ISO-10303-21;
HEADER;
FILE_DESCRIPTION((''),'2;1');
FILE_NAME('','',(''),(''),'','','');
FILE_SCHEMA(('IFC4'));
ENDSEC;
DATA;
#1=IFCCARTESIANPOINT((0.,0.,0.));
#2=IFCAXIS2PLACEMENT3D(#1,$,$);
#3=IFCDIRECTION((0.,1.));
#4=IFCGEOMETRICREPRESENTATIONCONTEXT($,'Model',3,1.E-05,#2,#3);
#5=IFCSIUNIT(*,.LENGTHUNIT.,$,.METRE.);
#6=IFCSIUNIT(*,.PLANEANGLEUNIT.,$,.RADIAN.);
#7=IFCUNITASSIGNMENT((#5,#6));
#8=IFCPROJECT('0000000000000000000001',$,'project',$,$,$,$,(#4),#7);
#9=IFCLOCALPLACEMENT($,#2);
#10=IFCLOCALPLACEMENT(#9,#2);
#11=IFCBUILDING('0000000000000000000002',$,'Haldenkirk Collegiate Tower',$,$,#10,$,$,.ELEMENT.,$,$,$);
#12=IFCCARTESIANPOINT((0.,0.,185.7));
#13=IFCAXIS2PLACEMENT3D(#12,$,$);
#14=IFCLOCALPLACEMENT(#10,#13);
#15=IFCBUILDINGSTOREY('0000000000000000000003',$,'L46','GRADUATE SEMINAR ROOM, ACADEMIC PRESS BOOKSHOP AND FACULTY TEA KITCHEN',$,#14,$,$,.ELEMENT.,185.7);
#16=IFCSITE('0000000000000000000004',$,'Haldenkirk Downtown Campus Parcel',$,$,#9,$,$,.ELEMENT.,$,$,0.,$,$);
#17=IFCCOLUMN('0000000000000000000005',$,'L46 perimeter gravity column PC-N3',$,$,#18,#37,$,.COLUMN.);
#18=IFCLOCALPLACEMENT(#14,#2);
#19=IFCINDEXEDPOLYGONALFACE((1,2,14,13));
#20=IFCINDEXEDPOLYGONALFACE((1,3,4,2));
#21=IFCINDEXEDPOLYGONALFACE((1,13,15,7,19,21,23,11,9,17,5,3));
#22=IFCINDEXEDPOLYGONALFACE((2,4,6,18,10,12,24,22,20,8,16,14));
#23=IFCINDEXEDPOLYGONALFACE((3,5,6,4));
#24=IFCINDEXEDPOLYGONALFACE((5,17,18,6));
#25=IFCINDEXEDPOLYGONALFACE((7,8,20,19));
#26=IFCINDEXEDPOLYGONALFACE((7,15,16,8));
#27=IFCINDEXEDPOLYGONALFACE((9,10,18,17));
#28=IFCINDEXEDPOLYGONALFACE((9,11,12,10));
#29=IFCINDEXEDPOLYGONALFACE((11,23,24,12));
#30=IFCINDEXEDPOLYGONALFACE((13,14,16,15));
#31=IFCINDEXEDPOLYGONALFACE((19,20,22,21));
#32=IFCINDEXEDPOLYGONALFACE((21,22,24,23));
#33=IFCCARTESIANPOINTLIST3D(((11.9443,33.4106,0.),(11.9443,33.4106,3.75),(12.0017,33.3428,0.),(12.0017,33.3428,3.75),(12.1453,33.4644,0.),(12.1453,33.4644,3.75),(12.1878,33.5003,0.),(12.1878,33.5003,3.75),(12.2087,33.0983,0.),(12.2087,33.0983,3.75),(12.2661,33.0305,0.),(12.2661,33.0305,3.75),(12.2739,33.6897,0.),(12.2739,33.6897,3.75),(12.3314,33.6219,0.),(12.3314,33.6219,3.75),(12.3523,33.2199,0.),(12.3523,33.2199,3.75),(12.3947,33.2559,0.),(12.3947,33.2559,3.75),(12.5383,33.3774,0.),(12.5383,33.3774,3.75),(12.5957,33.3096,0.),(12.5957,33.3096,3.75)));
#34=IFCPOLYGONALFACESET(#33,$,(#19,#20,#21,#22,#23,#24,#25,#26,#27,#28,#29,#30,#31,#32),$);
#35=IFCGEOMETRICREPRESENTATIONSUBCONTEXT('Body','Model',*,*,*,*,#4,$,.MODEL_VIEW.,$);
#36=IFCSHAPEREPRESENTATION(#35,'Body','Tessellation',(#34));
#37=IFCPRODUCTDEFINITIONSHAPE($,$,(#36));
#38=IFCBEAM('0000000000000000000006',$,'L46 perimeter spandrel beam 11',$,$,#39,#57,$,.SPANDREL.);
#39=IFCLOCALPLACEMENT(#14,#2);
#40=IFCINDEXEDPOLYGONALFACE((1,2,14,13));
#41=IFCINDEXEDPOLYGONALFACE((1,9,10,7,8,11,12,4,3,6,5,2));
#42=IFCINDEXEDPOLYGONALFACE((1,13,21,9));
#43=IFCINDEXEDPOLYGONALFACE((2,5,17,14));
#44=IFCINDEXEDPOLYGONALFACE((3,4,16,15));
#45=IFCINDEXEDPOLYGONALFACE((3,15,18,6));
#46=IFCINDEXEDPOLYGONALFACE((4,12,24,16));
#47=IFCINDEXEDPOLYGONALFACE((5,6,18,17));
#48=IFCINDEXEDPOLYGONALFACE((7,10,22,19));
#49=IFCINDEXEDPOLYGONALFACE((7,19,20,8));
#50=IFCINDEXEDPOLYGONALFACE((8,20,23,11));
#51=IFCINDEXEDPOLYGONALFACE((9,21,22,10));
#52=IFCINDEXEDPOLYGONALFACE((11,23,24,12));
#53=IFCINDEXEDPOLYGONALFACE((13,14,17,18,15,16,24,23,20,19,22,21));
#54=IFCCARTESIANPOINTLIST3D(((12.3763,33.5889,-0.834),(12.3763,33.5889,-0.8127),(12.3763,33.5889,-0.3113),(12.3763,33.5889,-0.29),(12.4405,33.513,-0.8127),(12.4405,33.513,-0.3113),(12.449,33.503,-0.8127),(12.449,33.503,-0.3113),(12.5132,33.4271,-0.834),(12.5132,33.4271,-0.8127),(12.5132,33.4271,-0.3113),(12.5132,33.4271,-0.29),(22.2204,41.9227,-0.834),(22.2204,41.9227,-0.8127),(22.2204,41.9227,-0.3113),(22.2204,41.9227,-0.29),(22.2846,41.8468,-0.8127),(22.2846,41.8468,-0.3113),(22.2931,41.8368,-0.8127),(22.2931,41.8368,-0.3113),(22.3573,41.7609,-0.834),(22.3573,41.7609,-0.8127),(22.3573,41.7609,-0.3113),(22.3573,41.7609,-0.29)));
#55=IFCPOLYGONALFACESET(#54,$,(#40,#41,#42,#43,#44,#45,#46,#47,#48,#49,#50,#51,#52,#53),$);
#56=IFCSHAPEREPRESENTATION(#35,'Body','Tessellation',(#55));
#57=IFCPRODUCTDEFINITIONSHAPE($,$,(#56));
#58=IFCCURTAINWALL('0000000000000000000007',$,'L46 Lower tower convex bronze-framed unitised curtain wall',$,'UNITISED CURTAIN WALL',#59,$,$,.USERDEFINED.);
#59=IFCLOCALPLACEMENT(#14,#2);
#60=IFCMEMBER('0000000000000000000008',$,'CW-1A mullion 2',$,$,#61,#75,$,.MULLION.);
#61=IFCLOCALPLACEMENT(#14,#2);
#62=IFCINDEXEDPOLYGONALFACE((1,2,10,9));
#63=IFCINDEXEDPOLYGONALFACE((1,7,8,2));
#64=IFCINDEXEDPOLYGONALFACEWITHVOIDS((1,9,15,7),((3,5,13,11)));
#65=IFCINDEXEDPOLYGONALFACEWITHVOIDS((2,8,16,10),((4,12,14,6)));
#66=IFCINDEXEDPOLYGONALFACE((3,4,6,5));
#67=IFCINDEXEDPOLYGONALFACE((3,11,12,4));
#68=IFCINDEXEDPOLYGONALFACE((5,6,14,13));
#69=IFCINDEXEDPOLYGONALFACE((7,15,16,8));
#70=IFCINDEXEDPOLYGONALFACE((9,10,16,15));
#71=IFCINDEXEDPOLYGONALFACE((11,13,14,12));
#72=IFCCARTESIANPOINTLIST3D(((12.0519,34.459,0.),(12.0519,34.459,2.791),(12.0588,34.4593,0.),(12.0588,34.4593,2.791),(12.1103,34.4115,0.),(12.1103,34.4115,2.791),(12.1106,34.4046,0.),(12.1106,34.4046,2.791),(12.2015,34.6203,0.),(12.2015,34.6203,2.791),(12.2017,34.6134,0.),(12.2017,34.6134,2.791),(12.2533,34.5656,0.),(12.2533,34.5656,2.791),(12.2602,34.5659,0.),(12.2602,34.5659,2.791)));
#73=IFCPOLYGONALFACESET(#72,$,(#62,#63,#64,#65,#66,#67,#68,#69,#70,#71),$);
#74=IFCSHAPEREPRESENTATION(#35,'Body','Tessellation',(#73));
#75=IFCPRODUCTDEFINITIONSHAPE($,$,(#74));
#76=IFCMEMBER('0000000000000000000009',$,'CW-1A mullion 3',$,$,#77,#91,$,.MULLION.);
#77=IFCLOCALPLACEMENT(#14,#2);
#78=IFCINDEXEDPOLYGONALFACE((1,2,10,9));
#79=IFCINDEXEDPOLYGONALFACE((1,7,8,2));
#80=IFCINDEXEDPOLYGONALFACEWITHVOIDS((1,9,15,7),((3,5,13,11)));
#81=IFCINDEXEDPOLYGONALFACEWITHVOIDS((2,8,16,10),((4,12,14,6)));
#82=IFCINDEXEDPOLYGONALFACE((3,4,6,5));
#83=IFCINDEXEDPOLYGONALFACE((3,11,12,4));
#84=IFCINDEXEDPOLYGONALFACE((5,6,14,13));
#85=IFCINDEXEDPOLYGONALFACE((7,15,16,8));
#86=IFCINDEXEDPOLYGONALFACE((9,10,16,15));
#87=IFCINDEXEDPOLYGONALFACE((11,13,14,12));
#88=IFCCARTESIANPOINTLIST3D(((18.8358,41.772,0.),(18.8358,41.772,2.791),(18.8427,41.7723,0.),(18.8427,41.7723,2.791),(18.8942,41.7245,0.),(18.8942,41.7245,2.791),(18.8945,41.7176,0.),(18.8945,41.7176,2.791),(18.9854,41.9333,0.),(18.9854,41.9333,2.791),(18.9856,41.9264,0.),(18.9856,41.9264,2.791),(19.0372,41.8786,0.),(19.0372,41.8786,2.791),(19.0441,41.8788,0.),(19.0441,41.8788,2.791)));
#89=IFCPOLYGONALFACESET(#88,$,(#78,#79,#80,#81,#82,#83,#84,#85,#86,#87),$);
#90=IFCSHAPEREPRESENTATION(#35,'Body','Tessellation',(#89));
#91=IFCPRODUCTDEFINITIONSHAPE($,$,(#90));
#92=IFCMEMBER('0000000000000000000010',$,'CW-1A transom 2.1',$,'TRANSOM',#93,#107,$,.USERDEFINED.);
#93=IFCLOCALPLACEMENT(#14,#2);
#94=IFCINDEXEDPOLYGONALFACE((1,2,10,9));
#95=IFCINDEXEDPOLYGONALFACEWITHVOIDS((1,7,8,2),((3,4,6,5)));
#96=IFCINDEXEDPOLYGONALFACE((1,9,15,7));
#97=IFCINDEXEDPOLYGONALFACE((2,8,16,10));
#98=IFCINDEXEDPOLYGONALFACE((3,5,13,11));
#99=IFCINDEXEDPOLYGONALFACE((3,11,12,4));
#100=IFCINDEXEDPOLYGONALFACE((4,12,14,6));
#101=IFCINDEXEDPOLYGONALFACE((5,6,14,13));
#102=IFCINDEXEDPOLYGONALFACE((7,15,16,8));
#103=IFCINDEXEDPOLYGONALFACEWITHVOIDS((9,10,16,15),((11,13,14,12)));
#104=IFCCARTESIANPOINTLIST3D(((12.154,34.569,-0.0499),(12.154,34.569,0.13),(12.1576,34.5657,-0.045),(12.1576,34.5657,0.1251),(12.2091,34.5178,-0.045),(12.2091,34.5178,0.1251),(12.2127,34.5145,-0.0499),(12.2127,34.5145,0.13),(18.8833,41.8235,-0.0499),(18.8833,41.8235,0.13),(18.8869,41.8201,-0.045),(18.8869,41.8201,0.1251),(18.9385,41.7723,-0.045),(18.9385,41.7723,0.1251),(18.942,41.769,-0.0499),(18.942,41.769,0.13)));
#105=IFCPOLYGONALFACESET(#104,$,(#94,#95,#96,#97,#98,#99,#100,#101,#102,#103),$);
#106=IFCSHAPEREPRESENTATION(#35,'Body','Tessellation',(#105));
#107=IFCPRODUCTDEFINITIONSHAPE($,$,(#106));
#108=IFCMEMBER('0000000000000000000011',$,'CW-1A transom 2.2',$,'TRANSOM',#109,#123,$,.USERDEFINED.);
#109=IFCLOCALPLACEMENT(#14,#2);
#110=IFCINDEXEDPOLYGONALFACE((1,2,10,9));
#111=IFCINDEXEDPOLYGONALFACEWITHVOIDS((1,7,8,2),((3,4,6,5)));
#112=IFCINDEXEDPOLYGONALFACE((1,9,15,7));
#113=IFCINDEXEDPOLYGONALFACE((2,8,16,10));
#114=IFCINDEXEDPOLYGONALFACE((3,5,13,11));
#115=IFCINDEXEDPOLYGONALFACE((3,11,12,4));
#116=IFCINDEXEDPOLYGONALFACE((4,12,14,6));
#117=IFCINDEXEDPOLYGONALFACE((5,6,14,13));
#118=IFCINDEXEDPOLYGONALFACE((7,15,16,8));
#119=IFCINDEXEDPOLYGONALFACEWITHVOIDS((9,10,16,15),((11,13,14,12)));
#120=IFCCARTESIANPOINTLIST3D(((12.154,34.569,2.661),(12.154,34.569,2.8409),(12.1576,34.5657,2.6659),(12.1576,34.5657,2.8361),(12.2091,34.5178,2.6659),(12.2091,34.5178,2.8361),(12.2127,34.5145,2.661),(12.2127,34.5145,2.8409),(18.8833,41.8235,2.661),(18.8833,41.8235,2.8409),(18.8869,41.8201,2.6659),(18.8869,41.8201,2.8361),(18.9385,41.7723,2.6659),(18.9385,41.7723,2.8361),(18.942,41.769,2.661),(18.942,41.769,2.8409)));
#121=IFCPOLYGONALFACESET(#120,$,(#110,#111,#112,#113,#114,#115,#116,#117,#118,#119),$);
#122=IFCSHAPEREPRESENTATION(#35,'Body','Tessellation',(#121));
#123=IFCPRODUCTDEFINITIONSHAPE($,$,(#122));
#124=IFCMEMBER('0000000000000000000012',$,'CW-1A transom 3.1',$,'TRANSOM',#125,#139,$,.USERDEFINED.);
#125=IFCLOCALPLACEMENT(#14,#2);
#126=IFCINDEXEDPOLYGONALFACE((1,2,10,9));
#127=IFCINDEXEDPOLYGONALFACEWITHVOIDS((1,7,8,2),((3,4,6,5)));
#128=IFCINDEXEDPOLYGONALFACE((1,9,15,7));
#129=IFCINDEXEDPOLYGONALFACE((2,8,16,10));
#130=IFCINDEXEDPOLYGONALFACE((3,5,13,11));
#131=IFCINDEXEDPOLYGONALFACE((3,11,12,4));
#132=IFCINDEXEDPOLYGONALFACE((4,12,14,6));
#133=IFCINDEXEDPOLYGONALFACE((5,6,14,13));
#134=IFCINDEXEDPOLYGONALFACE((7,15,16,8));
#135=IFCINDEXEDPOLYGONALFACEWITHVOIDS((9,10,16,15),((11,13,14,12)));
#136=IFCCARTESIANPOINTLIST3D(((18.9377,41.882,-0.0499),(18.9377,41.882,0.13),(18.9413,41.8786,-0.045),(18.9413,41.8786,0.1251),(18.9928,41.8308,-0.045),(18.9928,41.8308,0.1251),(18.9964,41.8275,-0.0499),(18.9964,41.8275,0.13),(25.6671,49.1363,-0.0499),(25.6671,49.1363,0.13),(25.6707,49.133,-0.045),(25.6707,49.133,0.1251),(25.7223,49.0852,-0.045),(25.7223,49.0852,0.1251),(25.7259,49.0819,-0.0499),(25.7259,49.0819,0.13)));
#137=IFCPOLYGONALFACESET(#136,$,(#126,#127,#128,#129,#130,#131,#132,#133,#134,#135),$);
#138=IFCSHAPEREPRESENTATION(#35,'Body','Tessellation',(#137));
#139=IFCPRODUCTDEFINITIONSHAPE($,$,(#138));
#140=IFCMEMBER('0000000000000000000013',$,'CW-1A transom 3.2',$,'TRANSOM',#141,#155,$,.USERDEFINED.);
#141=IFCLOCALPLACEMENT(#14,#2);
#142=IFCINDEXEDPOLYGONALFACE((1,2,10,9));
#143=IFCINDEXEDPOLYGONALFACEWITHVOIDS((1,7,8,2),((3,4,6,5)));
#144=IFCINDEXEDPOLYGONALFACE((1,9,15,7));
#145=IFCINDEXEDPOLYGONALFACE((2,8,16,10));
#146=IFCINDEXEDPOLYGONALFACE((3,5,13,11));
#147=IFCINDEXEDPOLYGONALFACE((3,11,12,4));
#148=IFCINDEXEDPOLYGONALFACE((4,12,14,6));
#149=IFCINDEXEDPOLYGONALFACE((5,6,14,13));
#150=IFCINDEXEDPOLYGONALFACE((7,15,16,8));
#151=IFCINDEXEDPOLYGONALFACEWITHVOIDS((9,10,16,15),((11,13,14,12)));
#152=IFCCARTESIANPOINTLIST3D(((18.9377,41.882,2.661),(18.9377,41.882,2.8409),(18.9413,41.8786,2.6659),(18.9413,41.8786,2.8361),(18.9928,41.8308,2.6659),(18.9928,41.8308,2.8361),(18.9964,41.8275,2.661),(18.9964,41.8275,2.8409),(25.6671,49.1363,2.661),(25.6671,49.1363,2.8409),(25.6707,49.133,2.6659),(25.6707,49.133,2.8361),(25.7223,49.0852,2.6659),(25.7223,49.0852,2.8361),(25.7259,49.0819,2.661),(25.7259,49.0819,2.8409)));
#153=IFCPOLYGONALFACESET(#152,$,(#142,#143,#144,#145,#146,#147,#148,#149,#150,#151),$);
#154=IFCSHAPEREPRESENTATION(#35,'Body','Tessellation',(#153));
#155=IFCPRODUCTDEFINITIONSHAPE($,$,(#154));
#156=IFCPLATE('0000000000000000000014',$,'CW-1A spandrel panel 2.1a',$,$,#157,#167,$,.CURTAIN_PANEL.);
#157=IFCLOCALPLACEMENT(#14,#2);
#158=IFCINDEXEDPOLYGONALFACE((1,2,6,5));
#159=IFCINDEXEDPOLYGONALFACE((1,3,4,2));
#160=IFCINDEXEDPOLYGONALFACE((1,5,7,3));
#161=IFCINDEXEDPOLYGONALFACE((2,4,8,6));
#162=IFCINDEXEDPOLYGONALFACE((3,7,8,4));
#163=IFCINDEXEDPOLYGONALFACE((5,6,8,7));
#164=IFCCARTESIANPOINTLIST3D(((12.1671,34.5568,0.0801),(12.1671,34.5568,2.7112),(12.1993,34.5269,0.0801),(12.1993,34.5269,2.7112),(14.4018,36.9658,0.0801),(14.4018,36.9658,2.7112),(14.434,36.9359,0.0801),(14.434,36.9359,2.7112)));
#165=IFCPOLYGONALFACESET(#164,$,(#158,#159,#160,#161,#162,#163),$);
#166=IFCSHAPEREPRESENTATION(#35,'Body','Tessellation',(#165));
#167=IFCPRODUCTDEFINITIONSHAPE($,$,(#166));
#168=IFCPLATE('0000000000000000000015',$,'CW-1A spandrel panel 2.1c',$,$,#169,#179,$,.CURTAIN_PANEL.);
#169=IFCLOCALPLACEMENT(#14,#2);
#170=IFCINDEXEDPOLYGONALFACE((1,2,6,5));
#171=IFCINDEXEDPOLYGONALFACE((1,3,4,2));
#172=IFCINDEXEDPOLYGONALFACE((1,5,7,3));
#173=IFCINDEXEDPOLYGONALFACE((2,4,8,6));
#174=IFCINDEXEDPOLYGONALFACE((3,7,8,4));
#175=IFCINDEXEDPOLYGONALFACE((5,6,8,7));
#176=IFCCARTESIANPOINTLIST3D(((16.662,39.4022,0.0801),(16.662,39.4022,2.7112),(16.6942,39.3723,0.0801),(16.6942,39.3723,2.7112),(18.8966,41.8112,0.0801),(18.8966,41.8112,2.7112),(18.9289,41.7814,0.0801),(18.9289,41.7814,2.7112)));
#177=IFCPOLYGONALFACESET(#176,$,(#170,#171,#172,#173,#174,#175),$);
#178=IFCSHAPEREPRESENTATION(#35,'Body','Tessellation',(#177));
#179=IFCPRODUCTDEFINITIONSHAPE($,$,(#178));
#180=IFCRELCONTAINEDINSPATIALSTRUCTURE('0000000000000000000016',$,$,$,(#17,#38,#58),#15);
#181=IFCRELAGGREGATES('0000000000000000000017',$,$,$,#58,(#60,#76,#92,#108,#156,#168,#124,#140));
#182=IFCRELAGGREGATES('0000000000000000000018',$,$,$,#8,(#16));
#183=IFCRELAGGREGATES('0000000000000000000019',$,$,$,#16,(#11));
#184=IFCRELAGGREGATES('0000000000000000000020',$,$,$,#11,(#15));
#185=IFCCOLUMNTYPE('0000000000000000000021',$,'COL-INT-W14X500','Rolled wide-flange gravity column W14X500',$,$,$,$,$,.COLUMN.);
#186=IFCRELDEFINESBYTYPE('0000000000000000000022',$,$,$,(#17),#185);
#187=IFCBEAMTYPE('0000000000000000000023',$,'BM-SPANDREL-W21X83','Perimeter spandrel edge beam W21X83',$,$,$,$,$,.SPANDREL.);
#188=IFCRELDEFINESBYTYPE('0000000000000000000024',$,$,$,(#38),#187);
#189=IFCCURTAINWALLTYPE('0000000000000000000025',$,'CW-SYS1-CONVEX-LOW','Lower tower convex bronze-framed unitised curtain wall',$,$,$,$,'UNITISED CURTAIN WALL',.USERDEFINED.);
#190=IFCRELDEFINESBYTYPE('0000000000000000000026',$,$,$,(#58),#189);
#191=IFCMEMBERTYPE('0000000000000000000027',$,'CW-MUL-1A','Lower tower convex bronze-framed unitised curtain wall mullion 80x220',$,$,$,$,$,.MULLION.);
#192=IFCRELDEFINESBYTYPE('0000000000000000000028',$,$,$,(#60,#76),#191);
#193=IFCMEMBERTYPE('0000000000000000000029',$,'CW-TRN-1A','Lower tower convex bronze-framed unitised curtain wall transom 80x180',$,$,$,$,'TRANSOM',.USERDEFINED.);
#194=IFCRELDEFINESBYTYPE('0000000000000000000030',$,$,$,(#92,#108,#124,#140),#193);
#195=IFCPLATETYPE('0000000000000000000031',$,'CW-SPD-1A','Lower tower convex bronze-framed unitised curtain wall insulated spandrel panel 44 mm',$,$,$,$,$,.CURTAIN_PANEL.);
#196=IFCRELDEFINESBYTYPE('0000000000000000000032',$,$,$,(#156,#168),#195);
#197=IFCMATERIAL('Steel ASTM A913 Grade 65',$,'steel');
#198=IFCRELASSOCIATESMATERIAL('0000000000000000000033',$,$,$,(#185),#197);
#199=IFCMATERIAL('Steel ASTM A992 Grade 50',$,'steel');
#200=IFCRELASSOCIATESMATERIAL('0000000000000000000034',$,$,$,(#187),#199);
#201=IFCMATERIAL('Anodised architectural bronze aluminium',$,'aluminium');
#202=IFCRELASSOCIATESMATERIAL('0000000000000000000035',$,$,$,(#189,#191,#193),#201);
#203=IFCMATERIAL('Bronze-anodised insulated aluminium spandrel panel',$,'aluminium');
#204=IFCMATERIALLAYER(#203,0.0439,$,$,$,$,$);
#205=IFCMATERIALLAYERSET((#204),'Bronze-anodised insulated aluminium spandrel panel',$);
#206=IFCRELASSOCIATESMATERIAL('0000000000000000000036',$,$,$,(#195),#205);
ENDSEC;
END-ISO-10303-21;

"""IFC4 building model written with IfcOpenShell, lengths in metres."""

from ifc_helpers import new_model, si_unit, direction, frame, origin, origin_2d, place, context, subcontext, project, spatial, rectangle, hollow_rectangle, i_section, extrude, source, transform, mapped, material, layer, layer_set, material_profile, profile_set, type_object, element, aggregate, save


model = new_model("IFC4")

# Units and contexts
model_context = context("Model", 3, precision=1e-05, world=origin(), true_north=direction((0.0, 1.0)))
body_context = subcontext(model_context, "Body", "Model", "MODEL_VIEW")
ifc_project = project(units=[si_unit("LENGTHUNIT", "METRE"), si_unit("PLANEANGLEUNIT", "RADIAN")], contexts=[model_context])

# Site, building, storey
site_placement = place(None, origin())
site = spatial("IfcSite", under=ifc_project, at=site_placement, Name="Haldenkirk Downtown Campus Parcel", CompositionType="ELEMENT", RefElevation=0.0)
building_placement = place(site_placement, origin())
building = spatial("IfcBuilding", under=site, at=building_placement, Name="Haldenkirk Collegiate Tower", CompositionType="ELEMENT")
storey_placement = place(building_placement, frame((0.0, 0.0, 185.7)))
storey = spatial("IfcBuildingStorey", under=building, at=storey_placement, Name="L46", Description="GRADUATE SEMINAR ROOM, ACADEMIC PRESS BOOKSHOP AND FACULTY TEA KITCHEN", CompositionType="ELEMENT", Elevation=185.7)

# Column
ifc_material_1 = material(Name="Steel ASTM A913 Grade 65", Category="steel")
ifc_material_profile_1 = material_profile(ifc_material_1, i_section(OverallWidth=0.4319, OverallDepth=0.498, WebThickness=0.0557, FlangeThickness=0.0889, at=origin_2d()), Name="W14X500")
ifc_profile_set_1 = profile_set([ifc_material_profile_1], Name="Steel ASTM A913 Grade 65")
column_type = type_object("IfcColumnType", Name="COL-INT-W14X500", Description="Rolled wide-flange gravity column W14X500", PredefinedType="COLUMN", material=ifc_profile_set_1)
column_placement = place(storey_placement, frame((12.27, 33.3601, 0.0), z_axis=(0.0, 0.0, 1.0), x_axis=(0.763232, 0.646124, 0.0)))
element("IfcColumn", 1, at=column_placement, inside=storey, type_object=column_type, Name="L46 perimeter gravity column PC-N3", PredefinedType="COLUMN", context=body_context, shape_type="SweptSolid", body=[
    extrude(i_section(OverallWidth=0.4319, OverallDepth=0.498, WebThickness=0.0557, FlangeThickness=0.0889, at=origin_2d()), origin(), (0.0, 0.0, 1.0), 3.75),
])

# Beam
ifc_material_2 = material(Name="Steel ASTM A992 Grade 50", Category="steel")
ifc_material_profile_2 = material_profile(ifc_material_2, i_section(OverallWidth=0.2119, OverallDepth=0.5439, WebThickness=0.0132, FlangeThickness=0.0212, at=origin_2d()), Name="W21X83")
ifc_profile_set_2 = profile_set([ifc_material_profile_2], Name="Steel ASTM A992 Grade 50")
beam_type = type_object("IfcBeamType", Name="BM-SPANDREL-W21X83", Description="Perimeter spandrel edge beam W21X83", PredefinedType="SPANDREL", material=ifc_profile_set_2)
beam_placement = place(storey_placement, frame((22.2888, 41.8418, -0.562), z_axis=(-0.763225, -0.646132, 0.0), x_axis=(0.646132, -0.763225, 0.0)))
element("IfcBeam", 2, at=beam_placement, inside=storey, type_object=beam_type, Name="L46 perimeter spandrel beam 11", PredefinedType="SPANDREL", context=body_context, shape_type="SweptSolid", body=[
    extrude(i_section(OverallWidth=0.2119, OverallDepth=0.5439, WebThickness=0.0132, FlangeThickness=0.0212, at=origin_2d()), origin(), (0.0, 0.0, 1.0), 12.8979),
])

# Curtain wall, members, plates
ifc_material_3 = material(Name="Anodised architectural bronze aluminium", Category="aluminium")
curtain_wall_type = type_object("IfcCurtainWallType", Name="CW-SYS1-CONVEX-LOW", Description="Lower tower convex bronze-framed unitised curtain wall", ElementType="UNITISED CURTAIN WALL", PredefinedType="USERDEFINED", material=ifc_material_3)
curtain_wall_placement = place(storey_placement, origin())
curtain_wall = element("IfcCurtainWall", 3, at=curtain_wall_placement, inside=storey, type_object=curtain_wall_type, Name="L46 Lower tower convex bronze-framed unitised curtain wall", ObjectType="UNITISED CURTAIN WALL", PredefinedType="USERDEFINED")
ifc_material_profile_3 = material_profile(ifc_material_3, hollow_rectangle(XDim=0.0801, YDim=0.22, WallThickness=0.0049, at=origin_2d()), Name="CW-MUL-1A")
ifc_profile_set_3 = profile_set([ifc_material_profile_3], Name="Anodised architectural bronze aluminium")
member_type_1 = type_object("IfcMemberType", Name="CW-MUL-1A", Description="Lower tower convex bronze-framed unitised curtain wall mullion 80x220", PredefinedType="MULLION", material=ifc_profile_set_3)
member_1_placement = place(storey_placement, frame((12.156, 34.5125, 0.0), z_axis=(0.0, 0.0, 1.0), x_axis=(-0.733138, 0.68008, 0.0)))
member_1 = element("IfcMember", 4, at=member_1_placement, type_object=member_type_1, Name="CW-1A mullion 2", PredefinedType="MULLION", context=body_context, shape_type="SweptSolid", body=[
    extrude(hollow_rectangle(XDim=0.0801, YDim=0.22, WallThickness=0.0049, at=origin_2d()), origin(), (0.0, 0.0, 1.0), 2.791),
])
member_2_placement = place(storey_placement, frame((18.9399, 41.8254, 0.0), z_axis=(0.0, 0.0, 1.0), x_axis=(-0.733138, 0.68008, 0.0)))
member_2 = element("IfcMember", 5, at=member_2_placement, type_object=member_type_1, Name="CW-1A mullion 3", PredefinedType="MULLION", context=body_context, shape_type="SweptSolid", body=[
    extrude(hollow_rectangle(XDim=0.0801, YDim=0.22, WallThickness=0.0049, at=origin_2d()), origin(), (0.0, 0.0, 1.0), 2.791),
])
ifc_material_profile_4 = material_profile(ifc_material_3, hollow_rectangle(XDim=0.0801, YDim=0.1799, WallThickness=0.0049, at=origin_2d()), Name="CW-TRN-1A")
ifc_profile_set_4 = profile_set([ifc_material_profile_4], Name="Anodised architectural bronze aluminium")
member_type_2 = type_object("IfcMemberType", Name="CW-TRN-1A", Description="Lower tower convex bronze-framed unitised curtain wall transom 80x180", ElementType="TRANSOM", PredefinedType="USERDEFINED", material=ifc_profile_set_4)
member_3_placement = place(storey_placement, frame((12.1833, 34.5417, 0.04), z_axis=(0.680072, 0.733145, 0.0), x_axis=(-0.733145, 0.680072, 0.0)))
member_3 = element("IfcMember", 6, at=member_3_placement, type_object=member_type_2, Name="CW-1A transom 2.1", ObjectType="TRANSOM", PredefinedType="USERDEFINED", context=body_context, shape_type="SweptSolid", body=[
    extrude(hollow_rectangle(XDim=0.0801, YDim=0.1799, WallThickness=0.0049, at=origin_2d()), origin(), (0.0, 0.0, 1.0), 9.895),
])
member_4_placement = place(storey_placement, frame((12.1833, 34.5417, 2.751), z_axis=(0.680072, 0.733145, 0.0), x_axis=(-0.733145, 0.680072, 0.0)))
member_4 = element("IfcMember", 7, at=member_4_placement, type_object=member_type_2, Name="CW-1A transom 2.2", ObjectType="TRANSOM", PredefinedType="USERDEFINED", context=body_context, shape_type="SweptSolid", body=[
    extrude(hollow_rectangle(XDim=0.0801, YDim=0.1799, WallThickness=0.0049, at=origin_2d()), origin(), (0.0, 0.0, 1.0), 9.895),
])
member_5_placement = place(storey_placement, frame((18.967, 41.8547, 0.04), z_axis=(0.680086, 0.733133, 0.0), x_axis=(-0.733133, 0.680086, 0.0)))
member_5 = element("IfcMember", 8, at=member_5_placement, type_object=member_type_2, Name="CW-1A transom 3.1", ObjectType="TRANSOM", PredefinedType="USERDEFINED", context=body_context, shape_type="SweptSolid", body=[
    extrude(hollow_rectangle(XDim=0.0801, YDim=0.1799, WallThickness=0.0049, at=origin_2d()), origin(), (0.0, 0.0, 1.0), 9.895),
])
member_6_placement = place(storey_placement, frame((18.967, 41.8547, 2.751), z_axis=(0.680086, 0.733133, 0.0), x_axis=(-0.733133, 0.680086, 0.0)))
member_6 = element("IfcMember", 9, at=member_6_placement, type_object=member_type_2, Name="CW-1A transom 3.2", ObjectType="TRANSOM", PredefinedType="USERDEFINED", context=body_context, shape_type="SweptSolid", body=[
    extrude(hollow_rectangle(XDim=0.0801, YDim=0.1799, WallThickness=0.0049, at=origin_2d()), origin(), (0.0, 0.0, 1.0), 9.895),
])
ifc_material_4 = material(Name="Bronze-anodised insulated aluminium spandrel panel", Category="aluminium")
ifc_layer_1 = layer(ifc_material_4, 0.0439)
ifc_layer_set_1 = layer_set([ifc_layer_1], Name="Bronze-anodised insulated aluminium spandrel panel")
plate_type = type_object("IfcPlateType", Name="CW-SPD-1A", Description="Lower tower convex bronze-framed unitised curtain wall insulated spandrel panel 44 mm", PredefinedType="CURTAIN_PANEL", material=ifc_layer_set_1)
shared_shape_1 = source(origin(), body_context, "Body", "SweptSolid", [
    extrude(rectangle(XDim=3.2859, YDim=0.0439, at=origin_2d()), origin(), (0.0, 0.0, 1.0), 2.6311),
])
plate_1_placement = place(storey_placement, frame((13.3005, 35.7463, 0.0801), z_axis=(0.0, 0.0, 1.0), x_axis=(0.68008, 0.733138, 0.0)))
plate_1 = element("IfcPlate", 10, at=plate_1_placement, type_object=plate_type, Name="CW-1A spandrel panel 2.1a", PredefinedType="CURTAIN_PANEL", context=body_context, shape_type="MappedRepresentation", body=[
    mapped(shared_shape_1, transform((0.0, 0.0, 0.0), x_axis=(1.0, 0.0, 0.0), y_axis=(0.0, 1.0, 0.0), z_axis=(0.0, 0.0, 1.0), scale=1.0)),
])
plate_2_placement = place(storey_placement, frame((17.7954, 40.5918, 0.0801), z_axis=(0.0, 0.0, 1.0), x_axis=(0.68008, 0.733138, 0.0)))
plate_2 = element("IfcPlate", 11, at=plate_2_placement, type_object=plate_type, Name="CW-1A spandrel panel 2.1c", PredefinedType="CURTAIN_PANEL", context=body_context, shape_type="MappedRepresentation", body=[
    mapped(shared_shape_1, transform((0.0, 0.0, 0.0), x_axis=(1.0, 0.0, 0.0), y_axis=(0.0, 1.0, 0.0), z_axis=(0.0, 0.0, 1.0), scale=1.0)),
])
aggregate(curtain_wall, [member_1, member_2, member_3, member_4, plate_1, plate_2, member_5, member_6])

save(model, "model.ifc")
